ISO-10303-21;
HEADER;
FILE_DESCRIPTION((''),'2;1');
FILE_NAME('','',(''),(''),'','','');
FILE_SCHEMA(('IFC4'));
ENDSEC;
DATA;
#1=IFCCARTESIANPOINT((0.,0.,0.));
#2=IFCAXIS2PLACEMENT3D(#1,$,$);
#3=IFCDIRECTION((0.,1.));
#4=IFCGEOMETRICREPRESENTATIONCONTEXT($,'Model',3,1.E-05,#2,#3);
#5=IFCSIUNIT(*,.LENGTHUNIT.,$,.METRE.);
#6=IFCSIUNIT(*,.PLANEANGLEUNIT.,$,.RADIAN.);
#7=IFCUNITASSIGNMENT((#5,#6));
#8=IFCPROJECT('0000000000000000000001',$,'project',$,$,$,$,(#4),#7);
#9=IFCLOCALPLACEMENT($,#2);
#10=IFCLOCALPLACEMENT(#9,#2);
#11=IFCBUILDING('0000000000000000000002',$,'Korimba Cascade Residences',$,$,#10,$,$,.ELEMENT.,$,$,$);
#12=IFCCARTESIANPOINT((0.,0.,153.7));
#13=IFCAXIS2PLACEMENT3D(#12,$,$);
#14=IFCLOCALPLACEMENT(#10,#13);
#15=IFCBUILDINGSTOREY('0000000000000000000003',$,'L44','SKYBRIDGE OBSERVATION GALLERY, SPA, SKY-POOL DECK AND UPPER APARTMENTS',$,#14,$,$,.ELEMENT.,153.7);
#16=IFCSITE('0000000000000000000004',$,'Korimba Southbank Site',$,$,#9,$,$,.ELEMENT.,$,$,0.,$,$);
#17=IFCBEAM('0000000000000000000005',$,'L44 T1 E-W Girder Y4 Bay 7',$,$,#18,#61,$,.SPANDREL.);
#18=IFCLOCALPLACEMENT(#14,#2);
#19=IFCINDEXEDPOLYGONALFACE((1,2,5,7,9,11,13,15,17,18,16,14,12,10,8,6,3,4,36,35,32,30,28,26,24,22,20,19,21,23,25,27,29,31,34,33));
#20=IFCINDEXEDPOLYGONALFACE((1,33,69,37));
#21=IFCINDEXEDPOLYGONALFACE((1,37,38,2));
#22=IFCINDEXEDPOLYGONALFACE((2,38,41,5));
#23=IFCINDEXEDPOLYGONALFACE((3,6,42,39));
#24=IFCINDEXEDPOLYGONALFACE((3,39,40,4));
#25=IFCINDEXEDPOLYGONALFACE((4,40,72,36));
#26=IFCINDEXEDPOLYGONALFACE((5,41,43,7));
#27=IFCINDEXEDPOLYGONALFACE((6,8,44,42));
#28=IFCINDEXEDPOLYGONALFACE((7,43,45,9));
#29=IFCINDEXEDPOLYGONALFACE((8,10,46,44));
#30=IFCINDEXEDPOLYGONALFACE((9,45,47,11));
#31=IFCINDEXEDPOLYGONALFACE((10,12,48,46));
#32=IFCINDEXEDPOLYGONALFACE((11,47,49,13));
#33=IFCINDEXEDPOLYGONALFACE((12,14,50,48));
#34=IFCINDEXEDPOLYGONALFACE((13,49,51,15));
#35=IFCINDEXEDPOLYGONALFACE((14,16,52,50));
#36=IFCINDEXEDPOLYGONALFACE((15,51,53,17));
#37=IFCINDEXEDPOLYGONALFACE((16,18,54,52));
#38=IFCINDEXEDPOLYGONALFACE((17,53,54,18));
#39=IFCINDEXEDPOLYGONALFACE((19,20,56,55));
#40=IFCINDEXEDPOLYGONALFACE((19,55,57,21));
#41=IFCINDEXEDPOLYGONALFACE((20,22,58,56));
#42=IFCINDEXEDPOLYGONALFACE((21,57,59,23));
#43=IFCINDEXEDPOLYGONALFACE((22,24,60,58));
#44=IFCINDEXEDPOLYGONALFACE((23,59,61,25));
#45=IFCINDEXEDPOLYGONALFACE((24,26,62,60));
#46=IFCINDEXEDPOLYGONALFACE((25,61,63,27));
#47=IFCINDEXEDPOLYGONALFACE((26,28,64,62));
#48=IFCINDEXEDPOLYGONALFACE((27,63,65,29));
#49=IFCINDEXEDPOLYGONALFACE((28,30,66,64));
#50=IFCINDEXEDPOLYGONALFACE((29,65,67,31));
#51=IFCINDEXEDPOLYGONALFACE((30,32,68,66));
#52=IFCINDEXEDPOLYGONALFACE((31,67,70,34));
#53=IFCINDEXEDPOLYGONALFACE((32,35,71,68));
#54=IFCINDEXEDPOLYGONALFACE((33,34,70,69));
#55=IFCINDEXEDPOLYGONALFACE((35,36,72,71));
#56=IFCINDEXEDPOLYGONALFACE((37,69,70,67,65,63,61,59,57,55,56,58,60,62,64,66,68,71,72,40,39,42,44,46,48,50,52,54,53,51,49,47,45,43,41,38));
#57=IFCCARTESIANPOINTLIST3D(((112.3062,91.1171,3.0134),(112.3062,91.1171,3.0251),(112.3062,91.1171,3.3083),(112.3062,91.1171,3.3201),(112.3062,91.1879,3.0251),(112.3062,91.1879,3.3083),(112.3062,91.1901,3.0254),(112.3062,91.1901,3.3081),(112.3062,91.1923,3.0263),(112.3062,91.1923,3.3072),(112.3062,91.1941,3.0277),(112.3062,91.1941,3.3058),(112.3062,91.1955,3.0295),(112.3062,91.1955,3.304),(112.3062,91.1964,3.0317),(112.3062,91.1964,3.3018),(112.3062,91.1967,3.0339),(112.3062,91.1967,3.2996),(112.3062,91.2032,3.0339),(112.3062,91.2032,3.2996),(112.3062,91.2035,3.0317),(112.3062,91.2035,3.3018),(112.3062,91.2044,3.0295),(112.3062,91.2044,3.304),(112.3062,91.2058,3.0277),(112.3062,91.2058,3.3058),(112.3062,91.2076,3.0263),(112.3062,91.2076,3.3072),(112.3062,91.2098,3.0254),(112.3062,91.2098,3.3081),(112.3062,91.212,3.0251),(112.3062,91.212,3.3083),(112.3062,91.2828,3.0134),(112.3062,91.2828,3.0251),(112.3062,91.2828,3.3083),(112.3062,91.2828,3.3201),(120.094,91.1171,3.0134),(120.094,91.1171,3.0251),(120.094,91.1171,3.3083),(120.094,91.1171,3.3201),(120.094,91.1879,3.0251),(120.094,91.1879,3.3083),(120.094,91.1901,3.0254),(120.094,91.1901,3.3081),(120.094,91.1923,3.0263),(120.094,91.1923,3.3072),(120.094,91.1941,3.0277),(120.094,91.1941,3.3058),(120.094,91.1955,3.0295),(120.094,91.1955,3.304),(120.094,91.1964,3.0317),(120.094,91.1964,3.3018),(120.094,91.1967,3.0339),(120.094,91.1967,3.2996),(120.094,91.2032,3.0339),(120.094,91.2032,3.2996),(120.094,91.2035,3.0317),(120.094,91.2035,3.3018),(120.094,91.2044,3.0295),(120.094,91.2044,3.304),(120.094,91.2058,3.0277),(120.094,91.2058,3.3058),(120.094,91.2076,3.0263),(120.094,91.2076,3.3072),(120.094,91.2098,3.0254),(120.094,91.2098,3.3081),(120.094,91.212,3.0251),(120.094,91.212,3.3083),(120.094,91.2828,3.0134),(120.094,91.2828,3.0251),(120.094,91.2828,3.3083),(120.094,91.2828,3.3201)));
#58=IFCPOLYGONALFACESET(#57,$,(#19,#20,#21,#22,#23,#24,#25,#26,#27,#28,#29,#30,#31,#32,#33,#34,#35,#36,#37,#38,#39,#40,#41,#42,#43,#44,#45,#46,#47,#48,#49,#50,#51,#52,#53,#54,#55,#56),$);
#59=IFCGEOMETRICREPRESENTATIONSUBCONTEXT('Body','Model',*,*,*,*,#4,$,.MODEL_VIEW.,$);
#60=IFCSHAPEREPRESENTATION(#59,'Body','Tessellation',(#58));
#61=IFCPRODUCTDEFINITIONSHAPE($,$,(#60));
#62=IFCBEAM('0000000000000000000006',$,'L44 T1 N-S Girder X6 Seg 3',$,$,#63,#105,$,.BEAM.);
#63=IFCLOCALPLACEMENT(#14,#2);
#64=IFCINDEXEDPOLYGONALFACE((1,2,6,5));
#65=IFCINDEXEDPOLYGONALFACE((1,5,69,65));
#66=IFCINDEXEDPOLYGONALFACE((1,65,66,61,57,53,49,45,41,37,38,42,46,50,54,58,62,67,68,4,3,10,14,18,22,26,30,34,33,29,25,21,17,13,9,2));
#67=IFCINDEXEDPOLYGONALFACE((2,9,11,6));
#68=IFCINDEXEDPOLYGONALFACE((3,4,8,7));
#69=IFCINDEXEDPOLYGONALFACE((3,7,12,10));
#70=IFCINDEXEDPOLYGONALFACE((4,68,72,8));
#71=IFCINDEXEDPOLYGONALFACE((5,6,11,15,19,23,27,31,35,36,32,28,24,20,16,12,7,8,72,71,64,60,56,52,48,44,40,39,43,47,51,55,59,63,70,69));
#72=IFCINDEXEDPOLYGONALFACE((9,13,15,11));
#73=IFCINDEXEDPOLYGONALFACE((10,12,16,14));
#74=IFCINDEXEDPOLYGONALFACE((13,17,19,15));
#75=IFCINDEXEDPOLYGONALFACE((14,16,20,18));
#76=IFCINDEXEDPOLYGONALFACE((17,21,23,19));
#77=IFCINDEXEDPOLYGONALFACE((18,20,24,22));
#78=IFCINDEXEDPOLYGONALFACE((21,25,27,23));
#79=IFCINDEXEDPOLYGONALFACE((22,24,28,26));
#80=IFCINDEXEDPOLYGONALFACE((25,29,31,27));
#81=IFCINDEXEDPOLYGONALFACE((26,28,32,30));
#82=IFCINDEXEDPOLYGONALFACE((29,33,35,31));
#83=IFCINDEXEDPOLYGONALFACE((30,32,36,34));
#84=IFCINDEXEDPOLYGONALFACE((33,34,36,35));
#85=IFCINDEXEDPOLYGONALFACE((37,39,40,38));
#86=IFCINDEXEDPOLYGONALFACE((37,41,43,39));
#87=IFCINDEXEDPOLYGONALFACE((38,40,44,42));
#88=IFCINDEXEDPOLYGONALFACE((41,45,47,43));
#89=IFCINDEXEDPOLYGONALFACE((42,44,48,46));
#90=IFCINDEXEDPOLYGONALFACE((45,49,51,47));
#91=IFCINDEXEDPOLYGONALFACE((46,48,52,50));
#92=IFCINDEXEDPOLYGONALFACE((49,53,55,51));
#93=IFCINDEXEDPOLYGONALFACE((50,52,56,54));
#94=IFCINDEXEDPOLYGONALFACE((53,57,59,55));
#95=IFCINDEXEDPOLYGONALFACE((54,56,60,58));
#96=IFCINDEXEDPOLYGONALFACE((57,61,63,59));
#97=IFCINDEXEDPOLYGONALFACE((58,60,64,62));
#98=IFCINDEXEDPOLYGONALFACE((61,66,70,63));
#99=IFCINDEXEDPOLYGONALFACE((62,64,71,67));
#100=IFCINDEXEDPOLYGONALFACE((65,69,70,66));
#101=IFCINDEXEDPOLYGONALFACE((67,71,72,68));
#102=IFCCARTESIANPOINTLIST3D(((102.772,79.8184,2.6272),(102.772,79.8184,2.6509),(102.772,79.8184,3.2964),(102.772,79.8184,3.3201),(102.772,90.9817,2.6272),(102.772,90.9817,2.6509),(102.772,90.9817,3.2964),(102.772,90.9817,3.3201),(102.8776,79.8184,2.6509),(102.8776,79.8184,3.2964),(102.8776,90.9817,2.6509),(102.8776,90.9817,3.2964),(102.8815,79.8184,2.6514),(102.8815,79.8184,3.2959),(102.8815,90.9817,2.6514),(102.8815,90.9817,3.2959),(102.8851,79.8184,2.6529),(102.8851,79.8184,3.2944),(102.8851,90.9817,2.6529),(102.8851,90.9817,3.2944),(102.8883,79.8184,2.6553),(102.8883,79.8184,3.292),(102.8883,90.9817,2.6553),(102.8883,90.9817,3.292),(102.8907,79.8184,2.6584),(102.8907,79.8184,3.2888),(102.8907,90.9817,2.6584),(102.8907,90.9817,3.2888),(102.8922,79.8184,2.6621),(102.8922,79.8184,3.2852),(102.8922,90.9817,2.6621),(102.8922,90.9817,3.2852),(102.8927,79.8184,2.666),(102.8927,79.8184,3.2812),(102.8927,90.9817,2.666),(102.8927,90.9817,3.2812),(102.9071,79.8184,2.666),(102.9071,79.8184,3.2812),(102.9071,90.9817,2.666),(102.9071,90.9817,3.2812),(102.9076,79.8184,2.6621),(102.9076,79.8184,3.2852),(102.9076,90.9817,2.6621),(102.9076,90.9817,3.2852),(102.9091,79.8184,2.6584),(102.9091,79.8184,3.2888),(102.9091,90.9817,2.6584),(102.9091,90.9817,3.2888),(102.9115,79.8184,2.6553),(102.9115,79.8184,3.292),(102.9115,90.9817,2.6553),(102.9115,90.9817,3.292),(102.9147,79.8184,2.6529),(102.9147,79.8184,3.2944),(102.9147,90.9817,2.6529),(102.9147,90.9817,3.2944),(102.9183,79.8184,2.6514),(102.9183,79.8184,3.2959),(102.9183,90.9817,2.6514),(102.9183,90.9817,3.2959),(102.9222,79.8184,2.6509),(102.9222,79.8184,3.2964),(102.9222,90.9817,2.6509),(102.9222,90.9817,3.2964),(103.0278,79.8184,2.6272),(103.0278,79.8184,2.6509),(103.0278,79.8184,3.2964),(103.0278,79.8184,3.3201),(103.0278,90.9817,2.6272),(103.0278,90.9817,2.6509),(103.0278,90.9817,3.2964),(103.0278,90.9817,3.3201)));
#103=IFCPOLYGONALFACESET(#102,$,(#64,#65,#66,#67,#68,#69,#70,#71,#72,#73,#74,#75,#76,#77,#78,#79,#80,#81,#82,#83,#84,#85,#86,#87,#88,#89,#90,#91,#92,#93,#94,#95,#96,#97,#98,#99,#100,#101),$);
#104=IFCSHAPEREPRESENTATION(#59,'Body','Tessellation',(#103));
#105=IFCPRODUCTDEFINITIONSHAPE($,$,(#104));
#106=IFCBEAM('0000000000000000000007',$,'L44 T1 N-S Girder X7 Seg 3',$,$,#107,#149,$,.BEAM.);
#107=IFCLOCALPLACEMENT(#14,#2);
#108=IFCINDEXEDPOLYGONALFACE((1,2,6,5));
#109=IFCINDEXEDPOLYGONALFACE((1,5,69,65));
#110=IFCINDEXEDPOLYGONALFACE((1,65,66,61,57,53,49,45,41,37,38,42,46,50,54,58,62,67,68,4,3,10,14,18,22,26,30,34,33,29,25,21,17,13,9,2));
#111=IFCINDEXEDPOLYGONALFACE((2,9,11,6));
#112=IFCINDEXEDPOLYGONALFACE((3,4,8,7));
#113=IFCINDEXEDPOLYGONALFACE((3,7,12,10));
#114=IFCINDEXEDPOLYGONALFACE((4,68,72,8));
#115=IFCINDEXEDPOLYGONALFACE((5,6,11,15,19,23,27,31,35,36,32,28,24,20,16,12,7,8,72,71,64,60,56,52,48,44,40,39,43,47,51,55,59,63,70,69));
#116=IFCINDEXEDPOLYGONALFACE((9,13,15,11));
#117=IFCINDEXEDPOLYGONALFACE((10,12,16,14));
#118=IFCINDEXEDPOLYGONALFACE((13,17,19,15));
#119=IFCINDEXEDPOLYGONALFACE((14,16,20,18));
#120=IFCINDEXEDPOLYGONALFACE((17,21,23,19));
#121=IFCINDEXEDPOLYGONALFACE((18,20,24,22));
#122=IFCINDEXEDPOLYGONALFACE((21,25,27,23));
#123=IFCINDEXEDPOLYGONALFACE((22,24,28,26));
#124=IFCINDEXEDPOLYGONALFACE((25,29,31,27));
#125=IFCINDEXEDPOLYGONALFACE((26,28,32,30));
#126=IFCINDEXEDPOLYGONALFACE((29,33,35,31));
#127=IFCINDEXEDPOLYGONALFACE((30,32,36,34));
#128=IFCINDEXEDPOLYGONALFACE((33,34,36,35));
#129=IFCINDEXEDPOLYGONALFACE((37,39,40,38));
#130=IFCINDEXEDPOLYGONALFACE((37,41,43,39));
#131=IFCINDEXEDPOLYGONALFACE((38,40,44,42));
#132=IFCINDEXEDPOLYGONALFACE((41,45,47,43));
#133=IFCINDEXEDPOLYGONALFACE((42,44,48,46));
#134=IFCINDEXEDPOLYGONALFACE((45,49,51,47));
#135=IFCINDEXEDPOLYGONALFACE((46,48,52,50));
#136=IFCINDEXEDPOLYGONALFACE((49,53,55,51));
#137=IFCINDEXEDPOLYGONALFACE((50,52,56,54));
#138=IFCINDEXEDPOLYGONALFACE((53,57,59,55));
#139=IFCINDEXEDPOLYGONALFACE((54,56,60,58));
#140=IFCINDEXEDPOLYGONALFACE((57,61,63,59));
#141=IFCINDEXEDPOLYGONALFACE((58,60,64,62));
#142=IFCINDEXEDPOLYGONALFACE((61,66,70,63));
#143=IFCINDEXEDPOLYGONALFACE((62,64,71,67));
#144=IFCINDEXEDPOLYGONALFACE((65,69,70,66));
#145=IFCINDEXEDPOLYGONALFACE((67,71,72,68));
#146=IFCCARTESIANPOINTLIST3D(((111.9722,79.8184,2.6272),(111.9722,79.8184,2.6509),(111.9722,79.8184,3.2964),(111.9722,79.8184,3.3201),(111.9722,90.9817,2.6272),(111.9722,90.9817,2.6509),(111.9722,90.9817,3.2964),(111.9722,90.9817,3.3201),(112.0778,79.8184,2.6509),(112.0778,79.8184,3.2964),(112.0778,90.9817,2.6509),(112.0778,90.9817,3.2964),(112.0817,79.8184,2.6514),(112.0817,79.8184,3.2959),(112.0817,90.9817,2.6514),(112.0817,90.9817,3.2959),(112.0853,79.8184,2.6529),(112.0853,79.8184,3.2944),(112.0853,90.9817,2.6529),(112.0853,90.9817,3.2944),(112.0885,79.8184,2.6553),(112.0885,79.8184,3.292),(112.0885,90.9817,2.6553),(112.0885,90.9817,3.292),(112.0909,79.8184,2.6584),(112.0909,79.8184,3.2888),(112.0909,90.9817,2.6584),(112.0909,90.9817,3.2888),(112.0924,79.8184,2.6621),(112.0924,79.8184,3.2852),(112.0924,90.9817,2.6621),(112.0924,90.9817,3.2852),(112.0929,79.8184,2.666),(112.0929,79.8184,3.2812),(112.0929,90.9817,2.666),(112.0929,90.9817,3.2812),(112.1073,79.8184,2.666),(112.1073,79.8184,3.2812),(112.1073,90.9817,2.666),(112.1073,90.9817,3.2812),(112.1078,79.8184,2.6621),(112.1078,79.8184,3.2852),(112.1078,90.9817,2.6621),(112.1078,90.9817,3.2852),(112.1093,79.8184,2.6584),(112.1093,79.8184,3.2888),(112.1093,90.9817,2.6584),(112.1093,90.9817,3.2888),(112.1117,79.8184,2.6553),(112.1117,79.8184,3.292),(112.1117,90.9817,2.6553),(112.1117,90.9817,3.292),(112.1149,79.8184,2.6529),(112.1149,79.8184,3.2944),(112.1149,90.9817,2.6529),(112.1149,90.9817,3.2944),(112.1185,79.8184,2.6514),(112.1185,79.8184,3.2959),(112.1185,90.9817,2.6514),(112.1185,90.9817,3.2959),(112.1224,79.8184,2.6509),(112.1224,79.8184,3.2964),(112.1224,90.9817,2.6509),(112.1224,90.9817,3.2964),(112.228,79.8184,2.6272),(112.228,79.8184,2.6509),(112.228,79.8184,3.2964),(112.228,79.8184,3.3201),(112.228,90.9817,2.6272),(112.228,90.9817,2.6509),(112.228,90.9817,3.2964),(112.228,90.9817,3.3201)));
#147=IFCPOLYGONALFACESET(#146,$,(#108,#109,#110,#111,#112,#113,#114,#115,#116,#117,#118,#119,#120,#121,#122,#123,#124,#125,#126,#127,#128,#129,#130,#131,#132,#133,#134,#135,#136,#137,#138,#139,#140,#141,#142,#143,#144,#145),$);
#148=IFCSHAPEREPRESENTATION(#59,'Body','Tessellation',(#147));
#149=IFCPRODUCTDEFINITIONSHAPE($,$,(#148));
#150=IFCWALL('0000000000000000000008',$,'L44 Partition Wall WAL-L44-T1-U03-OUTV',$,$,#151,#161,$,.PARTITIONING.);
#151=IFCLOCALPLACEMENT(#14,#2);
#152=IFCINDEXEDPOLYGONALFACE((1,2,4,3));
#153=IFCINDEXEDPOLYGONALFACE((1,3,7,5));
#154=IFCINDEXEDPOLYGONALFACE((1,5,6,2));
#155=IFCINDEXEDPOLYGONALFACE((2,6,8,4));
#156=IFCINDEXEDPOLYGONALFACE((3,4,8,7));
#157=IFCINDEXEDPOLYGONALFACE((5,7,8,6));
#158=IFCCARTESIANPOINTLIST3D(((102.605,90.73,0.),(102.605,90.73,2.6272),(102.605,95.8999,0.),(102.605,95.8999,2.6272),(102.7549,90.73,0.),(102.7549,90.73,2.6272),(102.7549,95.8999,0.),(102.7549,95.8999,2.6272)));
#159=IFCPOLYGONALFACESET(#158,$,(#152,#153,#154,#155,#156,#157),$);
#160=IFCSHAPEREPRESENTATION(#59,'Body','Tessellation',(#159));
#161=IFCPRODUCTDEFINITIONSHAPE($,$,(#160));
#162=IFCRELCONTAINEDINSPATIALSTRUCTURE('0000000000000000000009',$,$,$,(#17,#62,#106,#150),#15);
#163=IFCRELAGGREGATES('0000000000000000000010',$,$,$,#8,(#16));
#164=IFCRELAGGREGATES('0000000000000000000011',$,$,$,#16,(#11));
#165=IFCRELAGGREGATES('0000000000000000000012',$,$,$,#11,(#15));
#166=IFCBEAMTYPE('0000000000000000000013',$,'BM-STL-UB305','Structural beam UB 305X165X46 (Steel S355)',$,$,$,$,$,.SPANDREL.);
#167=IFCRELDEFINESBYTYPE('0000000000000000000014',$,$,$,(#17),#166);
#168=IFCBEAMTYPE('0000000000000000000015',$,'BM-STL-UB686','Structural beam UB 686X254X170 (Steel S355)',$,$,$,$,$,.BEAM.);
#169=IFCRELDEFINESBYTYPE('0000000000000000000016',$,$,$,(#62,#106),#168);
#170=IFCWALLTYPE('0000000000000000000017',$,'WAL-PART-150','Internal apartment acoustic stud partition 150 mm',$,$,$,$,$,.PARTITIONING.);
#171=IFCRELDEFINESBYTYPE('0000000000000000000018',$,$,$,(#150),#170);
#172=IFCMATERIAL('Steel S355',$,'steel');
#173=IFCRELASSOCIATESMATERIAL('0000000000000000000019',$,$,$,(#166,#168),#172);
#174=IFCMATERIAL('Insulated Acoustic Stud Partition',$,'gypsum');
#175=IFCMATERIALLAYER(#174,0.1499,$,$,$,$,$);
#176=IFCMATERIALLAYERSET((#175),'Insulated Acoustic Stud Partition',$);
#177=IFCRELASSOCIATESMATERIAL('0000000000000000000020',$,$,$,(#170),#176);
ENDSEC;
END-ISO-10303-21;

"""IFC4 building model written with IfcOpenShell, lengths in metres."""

from ifc_helpers import new_model, si_unit, direction, frame, frame_2d, origin, origin_2d, place, context, subcontext, project, spatial, rectangle, i_section, extrude, material, layer, layer_set, material_profile, profile_set, type_object, element, save


model = new_model("IFC4")

# Units and contexts
model_context = context("Model", 3, precision=1e-05, world=origin(), true_north=direction((0.0, 1.0)))
body_context = subcontext(model_context, "Body", "Model", "MODEL_VIEW")
ifc_project = project(units=[si_unit("LENGTHUNIT", "METRE"), si_unit("PLANEANGLEUNIT", "RADIAN")], contexts=[model_context])

# Site, building, storey
site_placement = place(None, origin())
site = spatial("IfcSite", under=ifc_project, at=site_placement, Name="Korimba Southbank Site", CompositionType="ELEMENT", RefElevation=0.0)
building_placement = place(site_placement, origin())
building = spatial("IfcBuilding", under=site, at=building_placement, Name="Korimba Cascade Residences", CompositionType="ELEMENT")
storey_placement = place(building_placement, frame((0.0, 0.0, 153.7)))
storey = spatial("IfcBuildingStorey", under=building, at=storey_placement, Name="L44", Description="SKYBRIDGE OBSERVATION GALLERY, SPA, SKY-POOL DECK AND UPPER APARTMENTS", CompositionType="ELEMENT", Elevation=153.7)

# Beams
ifc_material_1 = material(Name="Steel S355", Category="steel")
ifc_material_profile_1 = material_profile(ifc_material_1, i_section(OverallWidth=0.1658, OverallDepth=0.3066, WebThickness=0.0066, FlangeThickness=0.0117, FilletRadius=0.0088, at=origin_2d()), Name="Steel S355")
ifc_profile_set_1 = profile_set([ifc_material_profile_1], Name="Steel S355")
beam_type_1 = type_object("IfcBeamType", Name="BM-STL-UB305", Description="Structural beam UB 305X165X46 (Steel S355)", PredefinedType="SPANDREL", material=ifc_profile_set_1)
beam_1_placement = place(storey_placement, frame((112.3062, 91.2, 3.1667), z_axis=(1.0, 0.0, 0.0), x_axis=(0.0, 1.0, 0.0)))
element("IfcBeam", 1, at=beam_1_placement, inside=storey, type_object=beam_type_1, Name="L44 T1 E-W Girder Y4 Bay 7", PredefinedType="SPANDREL", context=body_context, shape_type="SweptSolid", body=[
    extrude(i_section(OverallWidth=0.1658, OverallDepth=0.3066, WebThickness=0.0066, FlangeThickness=0.0117, FilletRadius=0.0088, at=origin_2d()), origin(), (0.0, 0.0, 1.0), 7.7878),
])
ifc_material_profile_2 = material_profile(ifc_material_1, i_section(OverallWidth=0.2559, OverallDepth=0.6929, WebThickness=0.0144, FlangeThickness=0.0237, FilletRadius=0.0151, at=origin_2d()), Name="Steel S355")
ifc_profile_set_2 = profile_set([ifc_material_profile_2], Name="Steel S355")
beam_type_2 = type_object("IfcBeamType", Name="BM-STL-UB686", Description="Structural beam UB 686X254X170 (Steel S355)", PredefinedType="BEAM", material=ifc_profile_set_2)
for number, where, z_axis, x_axis, name in (
    (2, (102.8999, 79.8184, 2.9736), (0.0, 1.0, 0.0), (-1.0, 0.0, 0.0), "L44 T1 N-S Girder X6 Seg 3"),
    (3, (112.1001, 79.8184, 2.9736), (0.0, 1.0, 0.0), (-1.0, 0.0, 0.0), "L44 T1 N-S Girder X7 Seg 3"),
):
    element("IfcBeam", number, at=place(storey_placement, frame(where, z_axis=z_axis, x_axis=x_axis)), inside=storey, type_object=beam_type_2, Name=name, PredefinedType="BEAM", context=body_context, shape_type="SweptSolid", body=[
        extrude(i_section(OverallWidth=0.2559, OverallDepth=0.6929, WebThickness=0.0144, FlangeThickness=0.0237, FilletRadius=0.0151, at=origin_2d()), origin(), (0.0, 0.0, 1.0), 11.1633),
    ])

# Wall
ifc_material_2 = material(Name="Insulated Acoustic Stud Partition", Category="gypsum")
ifc_layer = layer(ifc_material_2, 0.1499)
ifc_layer_set = layer_set([ifc_layer], Name="Insulated Acoustic Stud Partition")
wall_type = type_object("IfcWallType", Name="WAL-PART-150", Description="Internal apartment acoustic stud partition 150 mm", PredefinedType="PARTITIONING", material=ifc_layer_set)
wall_1_placement = place(storey_placement, frame((102.6799, 90.73, 0.0), z_axis=(0.0, 0.0, 1.0), x_axis=(0.0, 1.0, 0.0)))
element("IfcWall", 4, at=wall_1_placement, inside=storey, type_object=wall_type, Name="L44 Partition Wall WAL-L44-T1-U03-OUTV", PredefinedType="PARTITIONING", context=body_context, shape_type="SweptSolid", body=[
    extrude(rectangle(XDim=5.1699, YDim=0.1499, at=frame_2d((2.585, 0.0))), origin(), (0.0, 0.0, 1.0), 2.6272),
])

save(model, "model.ifc")
